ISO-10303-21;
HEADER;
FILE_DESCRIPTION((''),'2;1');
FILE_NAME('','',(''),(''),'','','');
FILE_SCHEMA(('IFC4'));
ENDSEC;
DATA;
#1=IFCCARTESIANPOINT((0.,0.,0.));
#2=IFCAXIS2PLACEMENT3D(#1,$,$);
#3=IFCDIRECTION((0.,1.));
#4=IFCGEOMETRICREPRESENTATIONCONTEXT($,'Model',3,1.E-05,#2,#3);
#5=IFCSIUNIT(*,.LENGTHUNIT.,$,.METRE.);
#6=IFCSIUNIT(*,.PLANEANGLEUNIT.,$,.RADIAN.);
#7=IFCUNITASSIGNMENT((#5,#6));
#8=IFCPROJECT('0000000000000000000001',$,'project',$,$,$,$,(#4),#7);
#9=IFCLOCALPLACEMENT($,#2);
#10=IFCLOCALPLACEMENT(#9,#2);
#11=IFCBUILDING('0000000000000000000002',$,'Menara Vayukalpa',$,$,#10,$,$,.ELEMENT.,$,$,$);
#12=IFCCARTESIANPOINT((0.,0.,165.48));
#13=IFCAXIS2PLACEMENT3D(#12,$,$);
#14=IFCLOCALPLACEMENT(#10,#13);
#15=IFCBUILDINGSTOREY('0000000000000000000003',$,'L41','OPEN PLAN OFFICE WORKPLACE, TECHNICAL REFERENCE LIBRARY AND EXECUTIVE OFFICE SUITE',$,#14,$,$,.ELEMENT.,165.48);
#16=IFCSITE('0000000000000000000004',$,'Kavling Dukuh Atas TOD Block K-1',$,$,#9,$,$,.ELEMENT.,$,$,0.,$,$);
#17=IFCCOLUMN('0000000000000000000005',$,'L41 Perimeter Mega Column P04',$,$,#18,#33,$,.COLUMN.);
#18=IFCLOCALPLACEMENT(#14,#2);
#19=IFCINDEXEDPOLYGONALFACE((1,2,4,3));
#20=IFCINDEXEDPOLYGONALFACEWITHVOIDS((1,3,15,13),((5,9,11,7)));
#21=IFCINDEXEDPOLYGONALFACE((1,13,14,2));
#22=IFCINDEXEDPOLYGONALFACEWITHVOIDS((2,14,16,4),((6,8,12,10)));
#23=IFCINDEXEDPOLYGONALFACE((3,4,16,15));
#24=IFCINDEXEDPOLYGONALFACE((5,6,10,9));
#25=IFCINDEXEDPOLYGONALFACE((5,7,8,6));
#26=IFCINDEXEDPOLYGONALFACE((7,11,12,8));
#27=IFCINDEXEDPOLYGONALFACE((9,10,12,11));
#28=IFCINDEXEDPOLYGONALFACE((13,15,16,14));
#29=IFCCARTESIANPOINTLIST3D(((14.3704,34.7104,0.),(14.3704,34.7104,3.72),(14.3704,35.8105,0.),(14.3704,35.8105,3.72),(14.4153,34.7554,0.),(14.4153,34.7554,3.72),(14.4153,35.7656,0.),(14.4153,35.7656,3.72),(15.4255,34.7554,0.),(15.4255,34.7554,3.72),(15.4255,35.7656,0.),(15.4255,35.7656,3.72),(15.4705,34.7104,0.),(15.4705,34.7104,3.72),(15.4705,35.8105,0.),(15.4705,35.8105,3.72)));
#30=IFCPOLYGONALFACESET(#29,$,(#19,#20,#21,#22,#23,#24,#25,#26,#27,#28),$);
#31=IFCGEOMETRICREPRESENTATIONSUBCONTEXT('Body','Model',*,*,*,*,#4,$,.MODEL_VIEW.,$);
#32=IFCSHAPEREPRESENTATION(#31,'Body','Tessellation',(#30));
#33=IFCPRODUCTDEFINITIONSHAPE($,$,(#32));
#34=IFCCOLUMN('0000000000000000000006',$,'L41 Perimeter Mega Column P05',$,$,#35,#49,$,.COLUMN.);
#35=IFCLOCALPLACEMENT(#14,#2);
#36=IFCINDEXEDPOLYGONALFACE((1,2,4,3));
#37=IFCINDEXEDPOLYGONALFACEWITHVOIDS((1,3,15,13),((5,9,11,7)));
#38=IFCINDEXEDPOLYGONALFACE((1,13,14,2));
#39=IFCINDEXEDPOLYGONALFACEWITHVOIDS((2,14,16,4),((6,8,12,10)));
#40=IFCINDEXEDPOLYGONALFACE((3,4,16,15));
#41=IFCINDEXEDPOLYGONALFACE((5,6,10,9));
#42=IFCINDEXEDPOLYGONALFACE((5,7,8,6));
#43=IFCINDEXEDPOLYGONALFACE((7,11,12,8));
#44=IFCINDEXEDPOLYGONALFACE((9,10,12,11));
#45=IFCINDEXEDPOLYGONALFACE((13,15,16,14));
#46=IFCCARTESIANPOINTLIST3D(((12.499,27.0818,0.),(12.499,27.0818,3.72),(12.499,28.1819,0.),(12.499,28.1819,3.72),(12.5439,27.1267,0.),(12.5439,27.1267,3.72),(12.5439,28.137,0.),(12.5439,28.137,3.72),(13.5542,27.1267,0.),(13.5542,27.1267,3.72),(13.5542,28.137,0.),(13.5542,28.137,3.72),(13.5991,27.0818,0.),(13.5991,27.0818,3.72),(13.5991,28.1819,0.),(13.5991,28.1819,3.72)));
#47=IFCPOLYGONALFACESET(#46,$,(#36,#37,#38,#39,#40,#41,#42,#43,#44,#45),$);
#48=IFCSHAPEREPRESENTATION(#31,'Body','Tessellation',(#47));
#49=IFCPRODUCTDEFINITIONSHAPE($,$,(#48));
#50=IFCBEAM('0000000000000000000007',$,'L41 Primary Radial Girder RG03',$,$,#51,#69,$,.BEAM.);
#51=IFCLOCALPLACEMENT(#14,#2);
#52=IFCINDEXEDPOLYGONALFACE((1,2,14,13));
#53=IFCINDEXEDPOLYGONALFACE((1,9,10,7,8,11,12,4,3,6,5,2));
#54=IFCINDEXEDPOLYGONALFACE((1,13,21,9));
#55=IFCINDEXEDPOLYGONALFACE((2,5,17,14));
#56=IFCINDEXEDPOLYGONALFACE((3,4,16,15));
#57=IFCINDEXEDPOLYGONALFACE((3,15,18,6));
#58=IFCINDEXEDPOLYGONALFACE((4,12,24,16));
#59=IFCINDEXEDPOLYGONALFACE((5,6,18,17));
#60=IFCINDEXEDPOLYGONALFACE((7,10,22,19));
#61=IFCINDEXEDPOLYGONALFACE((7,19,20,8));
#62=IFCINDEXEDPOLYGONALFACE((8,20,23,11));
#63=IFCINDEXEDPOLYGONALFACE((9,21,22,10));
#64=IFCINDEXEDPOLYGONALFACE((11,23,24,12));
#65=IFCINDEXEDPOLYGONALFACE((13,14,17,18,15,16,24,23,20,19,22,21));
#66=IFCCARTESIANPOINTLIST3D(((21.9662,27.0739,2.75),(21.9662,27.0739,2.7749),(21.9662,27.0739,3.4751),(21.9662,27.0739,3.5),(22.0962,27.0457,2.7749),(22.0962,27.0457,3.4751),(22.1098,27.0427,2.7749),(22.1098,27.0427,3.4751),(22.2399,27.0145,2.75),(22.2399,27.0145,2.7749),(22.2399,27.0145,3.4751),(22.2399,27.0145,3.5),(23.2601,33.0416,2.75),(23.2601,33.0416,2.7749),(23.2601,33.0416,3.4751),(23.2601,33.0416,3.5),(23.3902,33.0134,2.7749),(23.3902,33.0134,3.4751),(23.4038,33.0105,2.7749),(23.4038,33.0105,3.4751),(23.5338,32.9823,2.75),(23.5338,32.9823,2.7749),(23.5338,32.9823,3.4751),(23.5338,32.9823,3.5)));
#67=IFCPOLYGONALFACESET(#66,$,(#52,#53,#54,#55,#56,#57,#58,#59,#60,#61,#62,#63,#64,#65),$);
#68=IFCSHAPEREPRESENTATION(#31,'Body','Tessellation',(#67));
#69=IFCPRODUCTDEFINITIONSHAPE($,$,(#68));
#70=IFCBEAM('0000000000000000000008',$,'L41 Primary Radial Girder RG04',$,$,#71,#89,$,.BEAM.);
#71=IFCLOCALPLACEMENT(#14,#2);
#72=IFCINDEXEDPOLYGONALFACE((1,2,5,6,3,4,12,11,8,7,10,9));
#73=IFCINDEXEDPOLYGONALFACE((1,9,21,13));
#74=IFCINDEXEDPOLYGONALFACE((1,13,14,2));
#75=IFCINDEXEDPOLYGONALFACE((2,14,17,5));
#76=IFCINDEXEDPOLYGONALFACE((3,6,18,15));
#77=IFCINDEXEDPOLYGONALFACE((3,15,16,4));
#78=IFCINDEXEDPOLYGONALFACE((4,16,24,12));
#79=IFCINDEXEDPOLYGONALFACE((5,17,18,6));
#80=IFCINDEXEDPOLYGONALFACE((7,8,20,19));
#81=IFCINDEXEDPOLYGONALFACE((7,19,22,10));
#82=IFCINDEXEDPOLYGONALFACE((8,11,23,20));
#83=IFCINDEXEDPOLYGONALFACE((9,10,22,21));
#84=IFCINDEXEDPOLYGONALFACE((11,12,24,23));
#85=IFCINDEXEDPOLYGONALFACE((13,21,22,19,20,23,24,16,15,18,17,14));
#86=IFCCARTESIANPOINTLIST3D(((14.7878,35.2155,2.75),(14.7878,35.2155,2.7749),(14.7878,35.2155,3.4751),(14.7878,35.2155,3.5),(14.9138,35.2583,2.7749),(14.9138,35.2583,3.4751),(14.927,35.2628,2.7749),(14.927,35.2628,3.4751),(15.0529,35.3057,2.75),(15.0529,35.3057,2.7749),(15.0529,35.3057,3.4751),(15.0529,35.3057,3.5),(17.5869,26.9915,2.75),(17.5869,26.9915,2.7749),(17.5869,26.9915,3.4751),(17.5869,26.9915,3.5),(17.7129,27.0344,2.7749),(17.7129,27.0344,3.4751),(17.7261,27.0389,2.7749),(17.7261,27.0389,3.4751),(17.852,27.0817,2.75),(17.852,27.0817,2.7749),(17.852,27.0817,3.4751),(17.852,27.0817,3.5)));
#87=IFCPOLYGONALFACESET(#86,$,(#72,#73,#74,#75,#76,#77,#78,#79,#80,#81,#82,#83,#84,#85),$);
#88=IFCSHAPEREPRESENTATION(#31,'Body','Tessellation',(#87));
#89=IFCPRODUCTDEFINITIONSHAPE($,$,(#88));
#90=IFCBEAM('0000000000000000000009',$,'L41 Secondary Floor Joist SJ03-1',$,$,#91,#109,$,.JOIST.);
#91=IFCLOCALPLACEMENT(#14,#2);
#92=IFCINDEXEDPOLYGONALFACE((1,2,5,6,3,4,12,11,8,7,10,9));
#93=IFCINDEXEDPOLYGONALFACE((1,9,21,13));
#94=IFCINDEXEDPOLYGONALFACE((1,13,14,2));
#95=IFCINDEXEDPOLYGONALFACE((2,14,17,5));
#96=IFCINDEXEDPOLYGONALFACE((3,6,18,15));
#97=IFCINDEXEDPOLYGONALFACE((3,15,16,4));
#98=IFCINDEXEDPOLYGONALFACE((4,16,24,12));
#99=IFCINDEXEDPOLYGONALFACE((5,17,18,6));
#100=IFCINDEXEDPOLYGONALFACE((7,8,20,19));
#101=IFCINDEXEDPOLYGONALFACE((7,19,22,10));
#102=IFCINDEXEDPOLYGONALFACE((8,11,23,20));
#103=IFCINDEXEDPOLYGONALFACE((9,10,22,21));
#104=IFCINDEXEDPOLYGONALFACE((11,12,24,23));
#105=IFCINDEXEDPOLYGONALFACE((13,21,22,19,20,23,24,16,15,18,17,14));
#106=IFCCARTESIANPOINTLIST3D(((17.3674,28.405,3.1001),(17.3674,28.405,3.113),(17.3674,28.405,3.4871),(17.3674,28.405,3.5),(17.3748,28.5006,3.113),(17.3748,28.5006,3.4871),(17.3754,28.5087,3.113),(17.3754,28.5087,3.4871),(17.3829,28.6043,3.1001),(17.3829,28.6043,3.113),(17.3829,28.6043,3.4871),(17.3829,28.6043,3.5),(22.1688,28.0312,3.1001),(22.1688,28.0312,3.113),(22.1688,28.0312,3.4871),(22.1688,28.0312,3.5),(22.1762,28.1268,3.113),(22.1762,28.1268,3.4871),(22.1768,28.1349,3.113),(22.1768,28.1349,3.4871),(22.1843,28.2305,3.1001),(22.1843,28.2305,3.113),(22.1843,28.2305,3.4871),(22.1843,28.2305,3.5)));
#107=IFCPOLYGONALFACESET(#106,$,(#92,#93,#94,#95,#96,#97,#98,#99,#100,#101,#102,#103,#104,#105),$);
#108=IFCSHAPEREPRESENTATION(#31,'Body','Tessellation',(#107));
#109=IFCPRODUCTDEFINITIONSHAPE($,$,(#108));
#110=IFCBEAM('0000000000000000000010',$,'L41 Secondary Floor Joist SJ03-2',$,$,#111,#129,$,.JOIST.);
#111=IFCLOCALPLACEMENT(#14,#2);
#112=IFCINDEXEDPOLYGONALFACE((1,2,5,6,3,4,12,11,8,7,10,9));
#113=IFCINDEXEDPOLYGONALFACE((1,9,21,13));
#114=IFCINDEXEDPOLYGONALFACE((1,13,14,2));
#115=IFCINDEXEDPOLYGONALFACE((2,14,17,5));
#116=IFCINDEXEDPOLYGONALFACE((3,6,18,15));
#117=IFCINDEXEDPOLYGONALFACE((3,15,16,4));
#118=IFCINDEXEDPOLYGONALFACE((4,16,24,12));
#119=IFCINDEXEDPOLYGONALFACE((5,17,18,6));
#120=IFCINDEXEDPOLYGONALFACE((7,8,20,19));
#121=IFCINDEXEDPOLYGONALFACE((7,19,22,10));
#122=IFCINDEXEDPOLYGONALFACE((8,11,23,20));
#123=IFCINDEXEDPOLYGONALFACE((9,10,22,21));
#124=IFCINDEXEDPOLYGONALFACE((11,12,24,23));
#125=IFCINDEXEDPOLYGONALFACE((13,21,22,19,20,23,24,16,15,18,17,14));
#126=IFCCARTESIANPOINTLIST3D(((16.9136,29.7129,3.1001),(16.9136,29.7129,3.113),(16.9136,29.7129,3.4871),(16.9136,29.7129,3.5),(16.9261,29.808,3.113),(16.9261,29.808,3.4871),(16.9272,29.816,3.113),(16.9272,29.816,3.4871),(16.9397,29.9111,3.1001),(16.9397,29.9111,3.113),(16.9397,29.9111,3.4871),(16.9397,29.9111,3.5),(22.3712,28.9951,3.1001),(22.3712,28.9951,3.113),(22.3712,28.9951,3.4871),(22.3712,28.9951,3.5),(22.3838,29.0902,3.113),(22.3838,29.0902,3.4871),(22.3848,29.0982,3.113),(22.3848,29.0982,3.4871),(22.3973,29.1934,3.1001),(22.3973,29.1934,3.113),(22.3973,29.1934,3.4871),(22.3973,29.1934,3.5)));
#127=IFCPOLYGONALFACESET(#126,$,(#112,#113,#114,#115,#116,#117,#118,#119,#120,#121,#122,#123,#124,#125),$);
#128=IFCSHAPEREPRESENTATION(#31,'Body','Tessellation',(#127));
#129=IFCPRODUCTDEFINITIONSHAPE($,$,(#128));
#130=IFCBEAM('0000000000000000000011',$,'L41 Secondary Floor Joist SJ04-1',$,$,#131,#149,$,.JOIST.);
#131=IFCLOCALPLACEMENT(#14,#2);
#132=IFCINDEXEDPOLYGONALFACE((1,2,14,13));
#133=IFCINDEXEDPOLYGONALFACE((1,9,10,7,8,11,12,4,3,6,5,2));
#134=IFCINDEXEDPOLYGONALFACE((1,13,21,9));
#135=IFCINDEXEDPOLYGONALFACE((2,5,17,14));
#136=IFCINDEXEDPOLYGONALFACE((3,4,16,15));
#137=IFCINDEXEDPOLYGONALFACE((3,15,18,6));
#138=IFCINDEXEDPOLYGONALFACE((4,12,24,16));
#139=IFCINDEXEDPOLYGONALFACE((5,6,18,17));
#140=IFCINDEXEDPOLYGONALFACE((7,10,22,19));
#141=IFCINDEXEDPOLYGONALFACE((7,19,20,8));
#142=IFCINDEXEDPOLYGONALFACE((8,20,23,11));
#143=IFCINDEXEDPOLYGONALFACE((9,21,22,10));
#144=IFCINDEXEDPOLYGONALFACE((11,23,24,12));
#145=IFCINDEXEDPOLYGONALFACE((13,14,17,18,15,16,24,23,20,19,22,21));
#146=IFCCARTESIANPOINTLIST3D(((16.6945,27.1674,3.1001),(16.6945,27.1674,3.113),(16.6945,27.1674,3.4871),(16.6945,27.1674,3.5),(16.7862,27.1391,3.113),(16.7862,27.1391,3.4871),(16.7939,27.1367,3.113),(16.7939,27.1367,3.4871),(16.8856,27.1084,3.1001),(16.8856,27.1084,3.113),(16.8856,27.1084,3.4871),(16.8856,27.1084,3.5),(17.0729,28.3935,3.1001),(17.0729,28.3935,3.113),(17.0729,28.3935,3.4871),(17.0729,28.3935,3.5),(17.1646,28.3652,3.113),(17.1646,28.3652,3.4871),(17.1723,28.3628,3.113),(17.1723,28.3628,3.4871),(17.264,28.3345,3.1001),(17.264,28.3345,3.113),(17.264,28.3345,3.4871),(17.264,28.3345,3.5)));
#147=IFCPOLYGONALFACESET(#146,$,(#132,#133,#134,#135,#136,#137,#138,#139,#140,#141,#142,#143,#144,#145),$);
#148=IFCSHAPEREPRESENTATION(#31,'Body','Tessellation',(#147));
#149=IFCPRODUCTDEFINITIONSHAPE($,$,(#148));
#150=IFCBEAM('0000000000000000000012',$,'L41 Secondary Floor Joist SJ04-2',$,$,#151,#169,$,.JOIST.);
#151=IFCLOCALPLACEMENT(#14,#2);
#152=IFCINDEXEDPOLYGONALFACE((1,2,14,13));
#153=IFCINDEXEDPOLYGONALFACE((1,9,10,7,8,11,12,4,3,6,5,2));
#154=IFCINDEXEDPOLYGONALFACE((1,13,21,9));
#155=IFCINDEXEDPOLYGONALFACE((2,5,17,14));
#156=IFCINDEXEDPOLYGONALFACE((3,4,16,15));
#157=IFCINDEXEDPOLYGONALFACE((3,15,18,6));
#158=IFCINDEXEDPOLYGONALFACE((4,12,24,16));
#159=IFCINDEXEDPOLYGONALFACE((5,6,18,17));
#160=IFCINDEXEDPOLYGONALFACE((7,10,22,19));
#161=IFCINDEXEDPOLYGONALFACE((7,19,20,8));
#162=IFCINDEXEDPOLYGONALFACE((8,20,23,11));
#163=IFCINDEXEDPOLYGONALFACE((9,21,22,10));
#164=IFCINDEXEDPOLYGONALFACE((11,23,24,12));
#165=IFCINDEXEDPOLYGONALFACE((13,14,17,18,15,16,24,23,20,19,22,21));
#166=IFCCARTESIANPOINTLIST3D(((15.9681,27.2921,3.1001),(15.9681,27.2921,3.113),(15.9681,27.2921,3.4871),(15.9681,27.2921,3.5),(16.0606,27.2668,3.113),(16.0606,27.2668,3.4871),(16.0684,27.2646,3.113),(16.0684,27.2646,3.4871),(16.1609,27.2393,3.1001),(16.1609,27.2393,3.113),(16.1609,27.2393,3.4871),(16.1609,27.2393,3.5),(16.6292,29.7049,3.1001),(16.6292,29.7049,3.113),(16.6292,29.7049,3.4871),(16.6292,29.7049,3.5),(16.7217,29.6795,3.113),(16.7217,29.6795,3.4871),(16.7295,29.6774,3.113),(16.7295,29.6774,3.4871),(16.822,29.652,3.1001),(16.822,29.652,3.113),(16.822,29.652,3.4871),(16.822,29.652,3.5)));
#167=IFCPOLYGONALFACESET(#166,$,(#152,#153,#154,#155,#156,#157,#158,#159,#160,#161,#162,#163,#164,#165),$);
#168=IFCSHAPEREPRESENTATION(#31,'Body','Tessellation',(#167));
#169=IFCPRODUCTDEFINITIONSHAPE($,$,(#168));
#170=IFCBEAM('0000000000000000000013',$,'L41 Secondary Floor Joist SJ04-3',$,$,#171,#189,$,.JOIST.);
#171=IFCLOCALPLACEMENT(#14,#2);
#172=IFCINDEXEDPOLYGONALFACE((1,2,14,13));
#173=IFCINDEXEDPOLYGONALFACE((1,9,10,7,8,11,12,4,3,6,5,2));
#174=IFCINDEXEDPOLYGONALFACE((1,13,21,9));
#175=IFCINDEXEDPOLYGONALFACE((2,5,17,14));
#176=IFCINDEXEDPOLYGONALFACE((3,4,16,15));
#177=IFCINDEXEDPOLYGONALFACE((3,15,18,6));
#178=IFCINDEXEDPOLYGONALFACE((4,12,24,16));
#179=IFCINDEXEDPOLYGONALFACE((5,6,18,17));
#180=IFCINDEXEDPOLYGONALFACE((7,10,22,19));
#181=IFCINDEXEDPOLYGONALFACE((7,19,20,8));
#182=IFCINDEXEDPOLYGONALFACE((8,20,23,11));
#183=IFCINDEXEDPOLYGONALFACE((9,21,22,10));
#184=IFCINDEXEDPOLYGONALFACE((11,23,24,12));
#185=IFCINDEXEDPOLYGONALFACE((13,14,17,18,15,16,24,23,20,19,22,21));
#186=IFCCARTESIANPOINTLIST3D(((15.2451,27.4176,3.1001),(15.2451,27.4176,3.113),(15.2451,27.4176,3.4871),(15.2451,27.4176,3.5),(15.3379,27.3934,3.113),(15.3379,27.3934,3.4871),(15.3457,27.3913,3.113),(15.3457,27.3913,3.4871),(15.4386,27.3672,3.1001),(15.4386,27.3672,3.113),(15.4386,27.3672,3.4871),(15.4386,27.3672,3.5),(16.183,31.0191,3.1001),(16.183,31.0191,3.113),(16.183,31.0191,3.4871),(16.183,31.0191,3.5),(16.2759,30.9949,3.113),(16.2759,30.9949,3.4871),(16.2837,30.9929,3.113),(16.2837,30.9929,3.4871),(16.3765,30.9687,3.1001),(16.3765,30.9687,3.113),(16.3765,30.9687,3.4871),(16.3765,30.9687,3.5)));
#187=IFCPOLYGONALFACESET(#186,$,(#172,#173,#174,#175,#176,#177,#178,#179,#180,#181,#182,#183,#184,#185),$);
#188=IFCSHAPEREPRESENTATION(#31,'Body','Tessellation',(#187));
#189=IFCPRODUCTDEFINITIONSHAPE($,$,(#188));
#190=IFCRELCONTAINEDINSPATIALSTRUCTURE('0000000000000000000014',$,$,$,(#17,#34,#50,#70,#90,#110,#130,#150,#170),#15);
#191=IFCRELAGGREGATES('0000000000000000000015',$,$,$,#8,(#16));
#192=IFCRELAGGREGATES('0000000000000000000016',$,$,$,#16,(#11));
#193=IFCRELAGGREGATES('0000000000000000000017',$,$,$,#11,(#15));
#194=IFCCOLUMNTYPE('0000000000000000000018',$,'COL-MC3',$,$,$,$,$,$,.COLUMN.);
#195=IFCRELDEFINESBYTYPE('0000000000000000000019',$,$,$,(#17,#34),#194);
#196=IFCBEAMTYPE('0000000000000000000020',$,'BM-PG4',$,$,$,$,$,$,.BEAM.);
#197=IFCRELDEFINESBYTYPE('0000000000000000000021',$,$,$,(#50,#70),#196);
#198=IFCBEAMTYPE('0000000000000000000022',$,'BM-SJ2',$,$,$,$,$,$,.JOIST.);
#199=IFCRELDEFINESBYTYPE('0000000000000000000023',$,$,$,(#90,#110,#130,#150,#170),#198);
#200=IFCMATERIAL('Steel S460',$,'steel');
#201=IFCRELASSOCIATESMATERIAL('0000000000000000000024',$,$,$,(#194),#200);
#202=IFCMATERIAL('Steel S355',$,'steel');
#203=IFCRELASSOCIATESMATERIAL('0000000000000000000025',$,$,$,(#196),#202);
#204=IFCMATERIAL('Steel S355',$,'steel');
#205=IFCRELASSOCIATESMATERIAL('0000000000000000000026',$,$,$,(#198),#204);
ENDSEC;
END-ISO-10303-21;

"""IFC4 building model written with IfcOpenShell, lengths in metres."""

from ifc_helpers import new_model, si_unit, direction, frame, origin, origin_2d, place, context, subcontext, project, spatial, hollow_rectangle, i_section, extrude, material, material_profile, profile_set, type_object, element, save


model = new_model("IFC4")

# Units and contexts
model_context = context("Model", 3, precision=1e-05, world=origin(), true_north=direction((0.0, 1.0)))
body_context = subcontext(model_context, "Body", "Model", "MODEL_VIEW")
ifc_project = project(units=[si_unit("LENGTHUNIT", "METRE"), si_unit("PLANEANGLEUNIT", "RADIAN")], contexts=[model_context])

# Site, building, storey
site_placement = place(None, origin())
site = spatial("IfcSite", under=ifc_project, at=site_placement, Name="Kavling Dukuh Atas TOD Block K-1", CompositionType="ELEMENT", RefElevation=0.0)
building_placement = place(site_placement, origin())
building = spatial("IfcBuilding", under=site, at=building_placement, Name="Menara Vayukalpa", CompositionType="ELEMENT")
storey_placement = place(building_placement, frame((0.0, 0.0, 165.48)))
storey = spatial("IfcBuildingStorey", under=building, at=storey_placement, Name="L41", Description="OPEN PLAN OFFICE WORKPLACE, TECHNICAL REFERENCE LIBRARY AND EXECUTIVE OFFICE SUITE", CompositionType="ELEMENT", Elevation=165.48)

# Columns
ifc_material_1 = material(Name="Steel S460", Category="steel")
ifc_material_profile_1 = material_profile(ifc_material_1, hollow_rectangle(XDim=1.1001, YDim=1.1001, WallThickness=0.0449, at=origin_2d()), Name="BOX 1100x1100x45")
ifc_profile_set_1 = profile_set([ifc_material_profile_1], Name="Steel S460")
column_type = type_object("IfcColumnType", Name="COL-MC3", PredefinedType="COLUMN", material=ifc_profile_set_1)
for number, where, z_axis, x_axis, name in (
    (1, (14.9204, 35.2605, 0.0), (0.0, 0.0, 1.0), (1.0, 0.0, 0.0), "L41 Perimeter Mega Column P04"),
    (2, (13.0491, 27.6318, 0.0), (0.0, 0.0, 1.0), (1.0, 0.0, 0.0), "L41 Perimeter Mega Column P05"),
):
    element("IfcColumn", number, at=place(storey_placement, frame(where, z_axis=z_axis, x_axis=x_axis)), inside=storey, type_object=column_type, Name=name, PredefinedType="COLUMN", context=body_context, shape_type="SweptSolid", body=[
        extrude(hollow_rectangle(XDim=1.1001, YDim=1.1001, WallThickness=0.0449, at=origin_2d()), origin(), (0.0, 0.0, 1.0), 3.72),
    ])

# Beams
ifc_material_2 = material(Name="Steel S355", Category="steel")
ifc_material_profile_2 = material_profile(ifc_material_2, i_section(OverallWidth=0.28, OverallDepth=0.75, WebThickness=0.0139, FlangeThickness=0.0249, at=origin_2d()), Name="WF 750x280x14x25")
ifc_profile_set_2 = profile_set([ifc_material_profile_2], Name="Steel S355")
beam_type_1 = type_object("IfcBeamType", Name="BM-PG4", PredefinedType="BEAM", material=ifc_profile_set_2)
beam_1_placement = place(storey_placement, frame((22.103, 27.0442, 3.125), z_axis=(0.211898, 0.977292, 0.0), x_axis=(-0.977292, 0.211898, 0.0)))
element("IfcBeam", 3, at=beam_1_placement, inside=storey, type_object=beam_type_1, Name="L41 Primary Radial Girder RG03", PredefinedType="BEAM", context=body_context, shape_type="SweptSolid", body=[
    extrude(i_section(OverallWidth=0.28, OverallDepth=0.75, WebThickness=0.0139, FlangeThickness=0.0249, at=origin_2d()), origin(), (0.0, 0.0, 1.0), 6.1064),
])
beam_2_placement = place(storey_placement, frame((17.7195, 27.0366, 3.125), z_axis=(-0.322208, 0.946669, 0.0), x_axis=(-0.946669, -0.322208, 0.0)))
element("IfcBeam", 4, at=beam_2_placement, inside=storey, type_object=beam_type_1, Name="L41 Primary Radial Girder RG04", PredefinedType="BEAM", context=body_context, shape_type="SweptSolid", body=[
    extrude(i_section(OverallWidth=0.28, OverallDepth=0.75, WebThickness=0.0139, FlangeThickness=0.0249, at=origin_2d()), origin(), (0.0, 0.0, 1.0), 8.6873),
])
ifc_material_3 = material(Name="Steel S355", Category="steel")
ifc_material_profile_3 = material_profile(ifc_material_3, i_section(OverallWidth=0.2, OverallDepth=0.3999, WebThickness=0.0081, FlangeThickness=0.0129, at=origin_2d()), Name="WF 400x200x8x13")
ifc_profile_set_3 = profile_set([ifc_material_profile_3], Name="Steel S355")
beam_type_2 = type_object("IfcBeamType", Name="BM-SJ2", PredefinedType="JOIST", material=ifc_profile_set_3)
beam_3_placement = place(storey_placement, frame((22.1765, 28.1309, 3.3), z_axis=(-0.996983, 0.077615, 0.0), x_axis=(-0.077615, -0.996983, 0.0)))
element("IfcBeam", 5, at=beam_3_placement, inside=storey, type_object=beam_type_2, Name="L41 Secondary Floor Joist SJ03-1", PredefinedType="JOIST", context=body_context, shape_type="SweptSolid", body=[
    extrude(i_section(OverallWidth=0.2, OverallDepth=0.3999, WebThickness=0.0081, FlangeThickness=0.0129, at=origin_2d()), origin(), (0.0, 0.0, 1.0), 4.8159),
])
beam_4_placement = place(storey_placement, frame((22.3843, 29.0942, 3.3), z_axis=(-0.991463, 0.130391, 0.0), x_axis=(-0.130391, -0.991463, 0.0)))
element("IfcBeam", 6, at=beam_4_placement, inside=storey, type_object=beam_type_2, Name="L41 Secondary Floor Joist SJ03-2", PredefinedType="JOIST", context=body_context, shape_type="SweptSolid", body=[
    extrude(i_section(OverallWidth=0.2, OverallDepth=0.3999, WebThickness=0.0081, FlangeThickness=0.0129, at=origin_2d()), origin(), (0.0, 0.0, 1.0), 5.5046),
])
beam_5_placement = place(storey_placement, frame((17.1685, 28.364, 3.3), z_axis=(-0.294915, -0.955524, 0.0), x_axis=(0.955524, -0.294915, 0.0)))
element("IfcBeam", 7, at=beam_5_placement, inside=storey, type_object=beam_type_2, Name="L41 Secondary Floor Joist SJ04-1", PredefinedType="JOIST", context=body_context, shape_type="SweptSolid", body=[
    extrude(i_section(OverallWidth=0.2, OverallDepth=0.3999, WebThickness=0.0081, FlangeThickness=0.0129, at=origin_2d()), origin(), (0.0, 0.0, 1.0), 1.2832),
])
beam_6_placement = place(storey_placement, frame((16.7256, 29.6785, 3.3), z_axis=(-0.264265, -0.96445, 0.0), x_axis=(0.96445, -0.264265, 0.0)))
element("IfcBeam", 8, at=beam_6_placement, inside=storey, type_object=beam_type_2, Name="L41 Secondary Floor Joist SJ04-2", PredefinedType="JOIST", context=body_context, shape_type="SweptSolid", body=[
    extrude(i_section(OverallWidth=0.2, OverallDepth=0.3999, WebThickness=0.0081, FlangeThickness=0.0129, at=origin_2d()), origin(), (0.0, 0.0, 1.0), 2.5017),
])
beam_7_placement = place(storey_placement, frame((16.2798, 30.9939, 3.3), z_axis=(-0.252032, -0.967719, 0.0), x_axis=(0.967719, -0.252032, 0.0)))
element("IfcBeam", 9, at=beam_7_placement, inside=storey, type_object=beam_type_2, Name="L41 Secondary Floor Joist SJ04-3", PredefinedType="JOIST", context=body_context, shape_type="SweptSolid", body=[
    extrude(i_section(OverallWidth=0.2, OverallDepth=0.3999, WebThickness=0.0081, FlangeThickness=0.0129, at=origin_2d()), origin(), (0.0, 0.0, 1.0), 3.7217),
])

save(model, "model.ifc")
